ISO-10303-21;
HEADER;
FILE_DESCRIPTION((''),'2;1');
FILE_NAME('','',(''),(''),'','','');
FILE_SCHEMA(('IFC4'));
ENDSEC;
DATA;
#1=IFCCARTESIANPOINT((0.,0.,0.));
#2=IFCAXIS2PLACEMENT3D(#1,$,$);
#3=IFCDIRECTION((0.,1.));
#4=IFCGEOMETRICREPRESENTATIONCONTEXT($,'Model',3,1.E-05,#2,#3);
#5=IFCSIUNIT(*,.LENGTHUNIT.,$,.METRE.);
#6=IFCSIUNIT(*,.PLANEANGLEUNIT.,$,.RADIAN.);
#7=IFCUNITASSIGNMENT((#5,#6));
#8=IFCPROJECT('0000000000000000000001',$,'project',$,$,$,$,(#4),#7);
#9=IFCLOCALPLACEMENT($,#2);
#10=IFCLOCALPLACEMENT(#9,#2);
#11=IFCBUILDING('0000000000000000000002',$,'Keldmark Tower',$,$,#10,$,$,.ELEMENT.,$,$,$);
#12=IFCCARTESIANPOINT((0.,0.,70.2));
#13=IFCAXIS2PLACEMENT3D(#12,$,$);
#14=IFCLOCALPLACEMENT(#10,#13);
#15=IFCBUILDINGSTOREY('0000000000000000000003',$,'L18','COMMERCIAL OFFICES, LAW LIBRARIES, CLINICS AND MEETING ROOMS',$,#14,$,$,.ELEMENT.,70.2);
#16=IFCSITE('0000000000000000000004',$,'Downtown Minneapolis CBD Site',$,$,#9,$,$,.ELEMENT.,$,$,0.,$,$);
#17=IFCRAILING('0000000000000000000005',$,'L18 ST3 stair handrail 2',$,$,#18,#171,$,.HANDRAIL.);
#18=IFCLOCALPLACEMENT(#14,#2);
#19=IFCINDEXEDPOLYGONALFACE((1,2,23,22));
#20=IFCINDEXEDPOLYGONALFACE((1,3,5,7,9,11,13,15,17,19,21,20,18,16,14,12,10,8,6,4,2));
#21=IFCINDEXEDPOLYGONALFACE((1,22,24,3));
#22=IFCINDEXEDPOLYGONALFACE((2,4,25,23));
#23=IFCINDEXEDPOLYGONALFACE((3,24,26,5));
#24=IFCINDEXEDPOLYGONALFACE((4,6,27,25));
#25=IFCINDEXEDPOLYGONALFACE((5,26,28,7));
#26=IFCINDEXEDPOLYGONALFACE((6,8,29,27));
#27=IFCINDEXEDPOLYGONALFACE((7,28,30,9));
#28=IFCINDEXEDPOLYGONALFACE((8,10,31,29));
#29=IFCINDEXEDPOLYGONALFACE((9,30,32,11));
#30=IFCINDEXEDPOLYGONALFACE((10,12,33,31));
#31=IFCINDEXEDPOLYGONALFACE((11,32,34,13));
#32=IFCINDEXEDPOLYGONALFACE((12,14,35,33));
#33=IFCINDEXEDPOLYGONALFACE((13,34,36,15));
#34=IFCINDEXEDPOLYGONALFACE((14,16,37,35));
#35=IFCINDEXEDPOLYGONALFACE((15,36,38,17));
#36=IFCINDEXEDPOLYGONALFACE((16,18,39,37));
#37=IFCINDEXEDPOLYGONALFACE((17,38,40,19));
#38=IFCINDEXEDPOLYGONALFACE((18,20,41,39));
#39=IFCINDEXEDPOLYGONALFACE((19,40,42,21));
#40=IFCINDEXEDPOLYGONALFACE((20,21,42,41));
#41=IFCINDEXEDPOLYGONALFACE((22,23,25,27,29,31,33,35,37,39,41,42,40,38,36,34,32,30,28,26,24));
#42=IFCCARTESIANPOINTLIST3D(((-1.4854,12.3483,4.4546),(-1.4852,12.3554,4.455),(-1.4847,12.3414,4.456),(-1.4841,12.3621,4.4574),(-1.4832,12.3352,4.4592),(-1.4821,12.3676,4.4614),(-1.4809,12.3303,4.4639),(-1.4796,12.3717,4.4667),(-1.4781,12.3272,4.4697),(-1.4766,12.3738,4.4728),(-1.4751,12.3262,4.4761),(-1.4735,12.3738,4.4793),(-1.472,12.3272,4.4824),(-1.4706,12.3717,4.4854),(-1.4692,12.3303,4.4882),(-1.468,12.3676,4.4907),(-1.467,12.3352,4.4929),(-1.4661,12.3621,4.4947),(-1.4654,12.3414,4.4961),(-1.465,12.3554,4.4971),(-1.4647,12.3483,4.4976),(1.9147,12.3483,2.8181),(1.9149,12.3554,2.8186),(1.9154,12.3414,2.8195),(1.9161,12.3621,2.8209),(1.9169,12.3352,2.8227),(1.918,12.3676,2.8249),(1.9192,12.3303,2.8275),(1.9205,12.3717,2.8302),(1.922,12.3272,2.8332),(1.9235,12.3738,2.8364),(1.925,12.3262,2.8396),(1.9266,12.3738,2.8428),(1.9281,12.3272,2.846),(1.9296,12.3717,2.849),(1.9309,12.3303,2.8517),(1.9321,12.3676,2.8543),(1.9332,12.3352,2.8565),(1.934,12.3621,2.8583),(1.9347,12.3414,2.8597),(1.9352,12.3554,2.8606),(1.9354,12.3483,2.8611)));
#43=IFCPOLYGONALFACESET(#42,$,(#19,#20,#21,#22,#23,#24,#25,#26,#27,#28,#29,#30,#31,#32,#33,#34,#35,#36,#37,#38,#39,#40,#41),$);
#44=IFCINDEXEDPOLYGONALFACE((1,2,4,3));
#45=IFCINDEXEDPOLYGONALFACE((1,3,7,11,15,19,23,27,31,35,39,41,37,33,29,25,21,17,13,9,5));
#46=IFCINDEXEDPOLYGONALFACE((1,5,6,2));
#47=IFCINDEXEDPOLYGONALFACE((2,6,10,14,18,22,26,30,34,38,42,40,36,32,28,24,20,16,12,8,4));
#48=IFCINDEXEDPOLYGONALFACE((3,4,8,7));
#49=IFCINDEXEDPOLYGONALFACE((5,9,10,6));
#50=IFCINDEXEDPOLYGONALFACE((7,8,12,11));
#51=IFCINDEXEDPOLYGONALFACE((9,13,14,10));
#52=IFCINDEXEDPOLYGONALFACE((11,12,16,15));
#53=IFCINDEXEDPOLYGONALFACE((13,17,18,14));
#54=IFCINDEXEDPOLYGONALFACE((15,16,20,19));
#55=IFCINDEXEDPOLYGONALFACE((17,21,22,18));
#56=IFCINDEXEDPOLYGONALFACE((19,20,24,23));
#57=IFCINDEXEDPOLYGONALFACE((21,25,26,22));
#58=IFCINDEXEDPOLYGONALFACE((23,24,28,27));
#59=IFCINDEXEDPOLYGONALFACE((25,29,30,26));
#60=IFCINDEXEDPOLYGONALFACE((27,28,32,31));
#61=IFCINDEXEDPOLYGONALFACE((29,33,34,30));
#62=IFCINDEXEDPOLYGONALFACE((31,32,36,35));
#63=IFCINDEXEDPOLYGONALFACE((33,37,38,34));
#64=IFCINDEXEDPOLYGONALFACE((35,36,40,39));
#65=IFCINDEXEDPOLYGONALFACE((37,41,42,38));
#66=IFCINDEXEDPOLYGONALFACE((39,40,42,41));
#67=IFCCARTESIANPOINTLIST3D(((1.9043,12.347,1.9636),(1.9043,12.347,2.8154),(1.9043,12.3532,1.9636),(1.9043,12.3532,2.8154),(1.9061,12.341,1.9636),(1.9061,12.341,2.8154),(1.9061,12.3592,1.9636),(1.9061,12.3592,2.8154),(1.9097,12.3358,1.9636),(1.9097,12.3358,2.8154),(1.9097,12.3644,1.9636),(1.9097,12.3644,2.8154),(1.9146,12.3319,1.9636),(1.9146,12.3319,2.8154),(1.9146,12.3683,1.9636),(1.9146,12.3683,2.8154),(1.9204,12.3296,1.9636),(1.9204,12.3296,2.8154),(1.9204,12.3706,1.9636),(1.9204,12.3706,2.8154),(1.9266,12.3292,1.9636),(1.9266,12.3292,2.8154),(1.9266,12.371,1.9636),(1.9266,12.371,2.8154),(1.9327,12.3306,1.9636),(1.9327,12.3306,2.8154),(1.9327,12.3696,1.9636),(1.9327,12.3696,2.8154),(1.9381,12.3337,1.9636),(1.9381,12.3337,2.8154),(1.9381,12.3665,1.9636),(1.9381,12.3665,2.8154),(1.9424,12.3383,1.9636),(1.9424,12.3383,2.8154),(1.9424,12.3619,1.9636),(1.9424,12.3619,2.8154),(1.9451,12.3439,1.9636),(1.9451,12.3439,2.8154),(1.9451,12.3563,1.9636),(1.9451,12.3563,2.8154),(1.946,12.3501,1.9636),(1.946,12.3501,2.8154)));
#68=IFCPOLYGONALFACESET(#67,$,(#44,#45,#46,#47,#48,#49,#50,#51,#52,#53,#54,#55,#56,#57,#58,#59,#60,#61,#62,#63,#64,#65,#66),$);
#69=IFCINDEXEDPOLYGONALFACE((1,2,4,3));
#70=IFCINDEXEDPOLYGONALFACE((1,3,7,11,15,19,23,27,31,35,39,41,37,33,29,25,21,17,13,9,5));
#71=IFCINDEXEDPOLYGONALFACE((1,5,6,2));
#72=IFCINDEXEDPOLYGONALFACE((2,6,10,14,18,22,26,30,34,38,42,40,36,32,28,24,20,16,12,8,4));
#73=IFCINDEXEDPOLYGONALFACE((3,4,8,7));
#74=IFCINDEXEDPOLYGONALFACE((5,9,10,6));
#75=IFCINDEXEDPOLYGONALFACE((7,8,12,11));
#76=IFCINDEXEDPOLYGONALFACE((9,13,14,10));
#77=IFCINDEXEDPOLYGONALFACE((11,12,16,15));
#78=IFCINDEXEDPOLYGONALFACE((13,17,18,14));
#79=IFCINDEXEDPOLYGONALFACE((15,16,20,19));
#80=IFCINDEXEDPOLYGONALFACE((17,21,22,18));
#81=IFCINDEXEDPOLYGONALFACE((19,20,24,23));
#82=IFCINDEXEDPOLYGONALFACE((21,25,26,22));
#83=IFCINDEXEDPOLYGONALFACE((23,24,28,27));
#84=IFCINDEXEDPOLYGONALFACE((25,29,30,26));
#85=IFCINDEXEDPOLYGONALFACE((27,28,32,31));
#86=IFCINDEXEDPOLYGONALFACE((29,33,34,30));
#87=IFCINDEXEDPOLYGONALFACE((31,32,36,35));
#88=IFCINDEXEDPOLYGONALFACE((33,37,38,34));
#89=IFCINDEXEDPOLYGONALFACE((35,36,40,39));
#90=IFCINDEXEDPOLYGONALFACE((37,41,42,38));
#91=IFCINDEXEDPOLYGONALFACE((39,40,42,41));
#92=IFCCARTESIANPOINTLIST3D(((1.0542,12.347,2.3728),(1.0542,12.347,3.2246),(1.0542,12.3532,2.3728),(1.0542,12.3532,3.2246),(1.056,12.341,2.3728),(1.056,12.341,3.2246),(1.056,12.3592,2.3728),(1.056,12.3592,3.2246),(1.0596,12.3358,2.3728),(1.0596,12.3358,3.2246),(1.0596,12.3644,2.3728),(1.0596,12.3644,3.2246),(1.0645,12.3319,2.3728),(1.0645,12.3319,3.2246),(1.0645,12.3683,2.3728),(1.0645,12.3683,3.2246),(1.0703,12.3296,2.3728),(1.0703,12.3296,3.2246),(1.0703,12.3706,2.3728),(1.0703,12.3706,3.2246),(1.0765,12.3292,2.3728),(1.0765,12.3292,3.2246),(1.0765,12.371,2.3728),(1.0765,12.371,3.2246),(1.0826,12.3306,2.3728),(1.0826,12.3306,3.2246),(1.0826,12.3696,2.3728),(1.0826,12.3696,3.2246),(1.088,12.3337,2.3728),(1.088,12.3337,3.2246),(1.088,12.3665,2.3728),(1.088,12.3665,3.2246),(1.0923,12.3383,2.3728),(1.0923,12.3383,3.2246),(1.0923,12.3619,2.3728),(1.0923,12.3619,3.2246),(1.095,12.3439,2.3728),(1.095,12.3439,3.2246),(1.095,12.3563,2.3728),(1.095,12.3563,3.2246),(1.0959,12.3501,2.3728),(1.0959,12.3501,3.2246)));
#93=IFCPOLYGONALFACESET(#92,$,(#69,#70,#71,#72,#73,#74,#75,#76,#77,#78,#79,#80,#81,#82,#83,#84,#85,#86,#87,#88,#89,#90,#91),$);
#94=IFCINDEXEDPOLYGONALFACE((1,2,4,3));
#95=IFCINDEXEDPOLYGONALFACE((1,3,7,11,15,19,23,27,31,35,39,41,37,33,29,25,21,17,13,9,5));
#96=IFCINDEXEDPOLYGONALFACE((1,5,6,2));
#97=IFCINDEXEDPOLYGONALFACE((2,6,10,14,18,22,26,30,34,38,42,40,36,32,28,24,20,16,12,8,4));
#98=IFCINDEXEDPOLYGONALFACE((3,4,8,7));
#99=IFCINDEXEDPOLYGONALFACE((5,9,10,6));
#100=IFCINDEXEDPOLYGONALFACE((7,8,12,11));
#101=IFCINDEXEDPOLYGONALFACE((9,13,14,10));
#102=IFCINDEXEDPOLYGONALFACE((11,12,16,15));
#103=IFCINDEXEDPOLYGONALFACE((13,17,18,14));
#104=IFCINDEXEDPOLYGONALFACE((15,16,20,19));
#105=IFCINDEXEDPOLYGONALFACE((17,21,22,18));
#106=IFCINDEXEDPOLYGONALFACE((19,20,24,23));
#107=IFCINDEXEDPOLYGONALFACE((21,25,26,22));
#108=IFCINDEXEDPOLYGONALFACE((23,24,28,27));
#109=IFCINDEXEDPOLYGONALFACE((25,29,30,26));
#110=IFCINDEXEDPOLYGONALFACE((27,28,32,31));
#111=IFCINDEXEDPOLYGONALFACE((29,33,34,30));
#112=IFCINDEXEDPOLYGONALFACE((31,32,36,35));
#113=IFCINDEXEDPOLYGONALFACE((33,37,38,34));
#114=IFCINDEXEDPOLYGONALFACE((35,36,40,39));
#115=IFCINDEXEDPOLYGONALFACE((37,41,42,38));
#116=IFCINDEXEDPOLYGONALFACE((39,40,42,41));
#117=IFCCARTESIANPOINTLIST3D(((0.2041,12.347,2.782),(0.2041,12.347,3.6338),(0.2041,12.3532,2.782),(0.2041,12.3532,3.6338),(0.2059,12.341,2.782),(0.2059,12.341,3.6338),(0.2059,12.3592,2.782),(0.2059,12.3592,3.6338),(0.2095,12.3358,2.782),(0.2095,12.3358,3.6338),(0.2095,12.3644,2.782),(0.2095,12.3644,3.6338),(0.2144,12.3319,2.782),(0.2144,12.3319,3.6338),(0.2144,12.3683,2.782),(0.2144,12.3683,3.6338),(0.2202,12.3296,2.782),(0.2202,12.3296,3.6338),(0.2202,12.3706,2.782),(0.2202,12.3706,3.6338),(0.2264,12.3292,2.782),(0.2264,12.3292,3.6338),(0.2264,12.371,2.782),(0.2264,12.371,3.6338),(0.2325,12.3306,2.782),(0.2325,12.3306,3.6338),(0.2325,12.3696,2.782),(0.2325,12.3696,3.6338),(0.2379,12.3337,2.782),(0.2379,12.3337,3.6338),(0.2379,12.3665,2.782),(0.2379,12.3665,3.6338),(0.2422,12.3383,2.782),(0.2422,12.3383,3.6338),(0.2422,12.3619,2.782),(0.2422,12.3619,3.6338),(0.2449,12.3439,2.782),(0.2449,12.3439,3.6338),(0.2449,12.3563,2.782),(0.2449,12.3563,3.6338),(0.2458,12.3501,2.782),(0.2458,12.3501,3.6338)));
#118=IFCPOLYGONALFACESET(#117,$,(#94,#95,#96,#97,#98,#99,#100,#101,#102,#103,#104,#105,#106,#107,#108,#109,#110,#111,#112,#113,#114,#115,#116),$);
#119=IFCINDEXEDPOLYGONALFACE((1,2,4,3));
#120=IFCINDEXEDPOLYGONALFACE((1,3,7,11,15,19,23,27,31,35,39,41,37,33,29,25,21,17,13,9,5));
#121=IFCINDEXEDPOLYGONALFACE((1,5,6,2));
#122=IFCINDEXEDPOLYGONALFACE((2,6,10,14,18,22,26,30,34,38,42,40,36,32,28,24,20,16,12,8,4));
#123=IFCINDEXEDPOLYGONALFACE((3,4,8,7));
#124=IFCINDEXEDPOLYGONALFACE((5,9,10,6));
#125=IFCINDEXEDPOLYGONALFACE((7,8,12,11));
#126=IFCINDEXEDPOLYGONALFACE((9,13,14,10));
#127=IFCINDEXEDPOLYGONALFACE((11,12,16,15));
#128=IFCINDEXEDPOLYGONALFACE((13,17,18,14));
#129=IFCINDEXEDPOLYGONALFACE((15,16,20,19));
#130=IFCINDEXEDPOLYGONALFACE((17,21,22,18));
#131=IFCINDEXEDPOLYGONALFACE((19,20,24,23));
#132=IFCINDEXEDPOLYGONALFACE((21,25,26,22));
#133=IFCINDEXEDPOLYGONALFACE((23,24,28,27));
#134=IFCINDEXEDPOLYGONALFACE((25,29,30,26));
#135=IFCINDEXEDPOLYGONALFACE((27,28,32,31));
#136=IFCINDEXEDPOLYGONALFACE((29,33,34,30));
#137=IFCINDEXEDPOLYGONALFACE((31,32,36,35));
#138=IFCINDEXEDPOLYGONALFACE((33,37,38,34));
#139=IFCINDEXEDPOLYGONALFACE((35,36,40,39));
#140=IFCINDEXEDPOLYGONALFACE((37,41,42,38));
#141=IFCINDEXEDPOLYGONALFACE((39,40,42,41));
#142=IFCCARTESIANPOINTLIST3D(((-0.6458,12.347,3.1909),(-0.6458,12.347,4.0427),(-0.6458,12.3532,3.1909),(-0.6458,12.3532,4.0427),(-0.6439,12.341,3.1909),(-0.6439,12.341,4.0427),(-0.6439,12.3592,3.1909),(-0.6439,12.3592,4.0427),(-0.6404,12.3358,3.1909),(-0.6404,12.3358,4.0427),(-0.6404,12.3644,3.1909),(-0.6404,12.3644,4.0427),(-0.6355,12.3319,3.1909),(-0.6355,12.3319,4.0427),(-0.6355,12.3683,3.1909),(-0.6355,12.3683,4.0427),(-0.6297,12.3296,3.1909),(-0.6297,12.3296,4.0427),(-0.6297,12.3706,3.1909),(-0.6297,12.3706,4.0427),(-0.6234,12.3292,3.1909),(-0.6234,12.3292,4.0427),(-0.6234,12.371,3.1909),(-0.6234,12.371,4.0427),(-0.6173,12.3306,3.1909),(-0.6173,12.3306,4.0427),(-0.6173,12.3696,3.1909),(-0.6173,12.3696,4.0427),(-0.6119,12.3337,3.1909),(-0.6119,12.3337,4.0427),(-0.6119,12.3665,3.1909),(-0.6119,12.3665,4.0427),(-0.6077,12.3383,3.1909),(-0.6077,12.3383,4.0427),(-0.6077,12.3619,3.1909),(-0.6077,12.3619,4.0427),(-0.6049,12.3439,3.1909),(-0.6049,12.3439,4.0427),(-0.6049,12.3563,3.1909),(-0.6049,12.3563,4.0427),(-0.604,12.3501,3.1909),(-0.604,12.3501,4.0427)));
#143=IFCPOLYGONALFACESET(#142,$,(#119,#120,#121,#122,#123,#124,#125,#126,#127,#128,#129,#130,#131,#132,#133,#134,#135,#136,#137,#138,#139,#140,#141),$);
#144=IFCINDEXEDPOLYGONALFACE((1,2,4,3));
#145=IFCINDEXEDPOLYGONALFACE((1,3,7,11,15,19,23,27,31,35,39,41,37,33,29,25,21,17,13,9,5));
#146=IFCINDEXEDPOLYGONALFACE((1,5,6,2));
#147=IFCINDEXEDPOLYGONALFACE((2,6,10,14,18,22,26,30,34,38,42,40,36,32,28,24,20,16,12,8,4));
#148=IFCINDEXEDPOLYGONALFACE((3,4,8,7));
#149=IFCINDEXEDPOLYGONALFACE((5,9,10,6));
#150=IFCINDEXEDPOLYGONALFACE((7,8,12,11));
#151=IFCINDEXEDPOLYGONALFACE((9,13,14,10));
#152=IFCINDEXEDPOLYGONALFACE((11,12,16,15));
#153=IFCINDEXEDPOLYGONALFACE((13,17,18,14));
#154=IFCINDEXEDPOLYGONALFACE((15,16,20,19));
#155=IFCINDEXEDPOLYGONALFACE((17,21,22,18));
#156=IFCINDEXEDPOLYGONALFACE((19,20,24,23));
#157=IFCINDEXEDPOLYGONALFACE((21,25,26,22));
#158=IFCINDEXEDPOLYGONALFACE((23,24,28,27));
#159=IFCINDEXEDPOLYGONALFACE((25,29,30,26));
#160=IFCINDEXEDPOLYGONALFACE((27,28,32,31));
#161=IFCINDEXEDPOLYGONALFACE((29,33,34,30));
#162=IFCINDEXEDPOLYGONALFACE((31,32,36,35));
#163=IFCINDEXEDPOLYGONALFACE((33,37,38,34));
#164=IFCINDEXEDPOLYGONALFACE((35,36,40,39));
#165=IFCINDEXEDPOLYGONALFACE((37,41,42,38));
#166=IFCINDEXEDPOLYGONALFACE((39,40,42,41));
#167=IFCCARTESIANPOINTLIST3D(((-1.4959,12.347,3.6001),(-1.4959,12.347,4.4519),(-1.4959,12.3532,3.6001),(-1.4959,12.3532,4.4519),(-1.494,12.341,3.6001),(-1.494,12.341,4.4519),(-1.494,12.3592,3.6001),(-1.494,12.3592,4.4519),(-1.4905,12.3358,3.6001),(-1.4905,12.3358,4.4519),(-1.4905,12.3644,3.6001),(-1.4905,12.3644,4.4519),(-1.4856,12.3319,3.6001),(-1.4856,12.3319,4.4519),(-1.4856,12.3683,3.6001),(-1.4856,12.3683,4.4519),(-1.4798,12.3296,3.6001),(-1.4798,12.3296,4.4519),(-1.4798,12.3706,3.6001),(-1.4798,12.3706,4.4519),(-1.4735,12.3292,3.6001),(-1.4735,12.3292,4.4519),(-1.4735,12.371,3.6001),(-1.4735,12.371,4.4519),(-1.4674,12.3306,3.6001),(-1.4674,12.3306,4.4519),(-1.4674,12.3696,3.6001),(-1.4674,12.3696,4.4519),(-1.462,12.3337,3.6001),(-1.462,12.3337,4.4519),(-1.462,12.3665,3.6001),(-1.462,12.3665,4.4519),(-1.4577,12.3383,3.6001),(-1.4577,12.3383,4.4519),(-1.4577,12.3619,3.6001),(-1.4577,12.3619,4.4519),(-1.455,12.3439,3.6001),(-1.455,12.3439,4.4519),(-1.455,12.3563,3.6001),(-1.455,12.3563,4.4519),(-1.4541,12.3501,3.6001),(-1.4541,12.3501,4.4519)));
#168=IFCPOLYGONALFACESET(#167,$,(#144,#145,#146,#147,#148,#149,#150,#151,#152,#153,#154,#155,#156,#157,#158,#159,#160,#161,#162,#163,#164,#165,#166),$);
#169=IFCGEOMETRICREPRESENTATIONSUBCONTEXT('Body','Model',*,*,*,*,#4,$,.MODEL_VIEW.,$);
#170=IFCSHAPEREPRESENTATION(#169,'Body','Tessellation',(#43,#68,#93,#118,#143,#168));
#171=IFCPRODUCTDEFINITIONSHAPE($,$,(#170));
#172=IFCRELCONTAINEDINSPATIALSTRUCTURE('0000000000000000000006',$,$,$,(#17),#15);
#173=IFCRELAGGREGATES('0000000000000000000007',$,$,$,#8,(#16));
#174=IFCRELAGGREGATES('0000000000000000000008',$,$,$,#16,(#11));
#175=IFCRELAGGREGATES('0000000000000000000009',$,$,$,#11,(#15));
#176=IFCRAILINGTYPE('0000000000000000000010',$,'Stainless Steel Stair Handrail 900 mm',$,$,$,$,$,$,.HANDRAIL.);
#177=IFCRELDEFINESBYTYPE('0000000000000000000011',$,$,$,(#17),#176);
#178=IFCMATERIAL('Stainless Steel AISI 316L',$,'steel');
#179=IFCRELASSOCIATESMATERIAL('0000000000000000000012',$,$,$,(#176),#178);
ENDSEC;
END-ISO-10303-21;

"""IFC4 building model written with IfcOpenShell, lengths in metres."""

from ifc_helpers import new_model, si_unit, direction, frame, origin, origin_2d, place, context, subcontext, project, spatial, circle, extrude, material, type_object, element, save


model = new_model("IFC4")

# Units and contexts
model_context = context("Model", 3, precision=1e-05, world=origin(), true_north=direction((0.0, 1.0)))
body_context = subcontext(model_context, "Body", "Model", "MODEL_VIEW")
ifc_project = project(units=[si_unit("LENGTHUNIT", "METRE"), si_unit("PLANEANGLEUNIT", "RADIAN")], contexts=[model_context])

# Site, building, storey
site_placement = place(None, origin())
site = spatial("IfcSite", under=ifc_project, at=site_placement, Name="Downtown Minneapolis CBD Site", CompositionType="ELEMENT", RefElevation=0.0)
building_placement = place(site_placement, origin())
building = spatial("IfcBuilding", under=site, at=building_placement, Name="Keldmark Tower", CompositionType="ELEMENT")
storey_placement = place(building_placement, frame((0.0, 0.0, 70.2)))
storey = spatial("IfcBuildingStorey", under=building, at=storey_placement, Name="L18", Description="COMMERCIAL OFFICES, LAW LIBRARIES, CLINICS AND MEETING ROOMS", CompositionType="ELEMENT", Elevation=70.2)

# Railing
ifc_material_1 = material(Name="Stainless Steel AISI 316L", Category="steel")
railing_type_1 = type_object("IfcRailingType", Name="Stainless Steel Stair Handrail 900 mm", PredefinedType="HANDRAIL", material=ifc_material_1)
railing_1_placement = place(storey_placement, frame((1.925, 12.3501, 1.9636)))
element("IfcRailing", 1, at=railing_1_placement, inside=storey, type_object=railing_type_1, Name="L18 ST3 stair handrail 2", PredefinedType="HANDRAIL", context=body_context, shape_type="SweptSolid", body=[
    extrude(circle(Radius=0.0239, at=origin_2d()), frame((0.0, 0.0, 0.876), z_axis=(-0.901067, 0.0, 0.433679), x_axis=(0.0, -1.0, 0.0)), (0.0, 0.0, 1.0), 3.7734),
    extrude(circle(Radius=0.021, at=origin_2d()), origin(), (0.0, 0.0, 1.0), 0.8518),
    extrude(circle(Radius=0.021, at=origin_2d()), frame((-0.8501, 0.0, 0.4092)), (0.0, 0.0, 1.0), 0.8518),
    extrude(circle(Radius=0.021, at=origin_2d()), frame((-1.7002, 0.0, 0.8184)), (0.0, 0.0, 1.0), 0.8518),
    extrude(circle(Radius=0.021, at=origin_2d()), frame((-2.55, 0.0, 1.2273)), (0.0, 0.0, 1.0), 0.8518),
    extrude(circle(Radius=0.021, at=origin_2d()), frame((-3.4001, 0.0, 1.6365)), (0.0, 0.0, 1.0), 0.8518),
])

save(model, "model.ifc")
